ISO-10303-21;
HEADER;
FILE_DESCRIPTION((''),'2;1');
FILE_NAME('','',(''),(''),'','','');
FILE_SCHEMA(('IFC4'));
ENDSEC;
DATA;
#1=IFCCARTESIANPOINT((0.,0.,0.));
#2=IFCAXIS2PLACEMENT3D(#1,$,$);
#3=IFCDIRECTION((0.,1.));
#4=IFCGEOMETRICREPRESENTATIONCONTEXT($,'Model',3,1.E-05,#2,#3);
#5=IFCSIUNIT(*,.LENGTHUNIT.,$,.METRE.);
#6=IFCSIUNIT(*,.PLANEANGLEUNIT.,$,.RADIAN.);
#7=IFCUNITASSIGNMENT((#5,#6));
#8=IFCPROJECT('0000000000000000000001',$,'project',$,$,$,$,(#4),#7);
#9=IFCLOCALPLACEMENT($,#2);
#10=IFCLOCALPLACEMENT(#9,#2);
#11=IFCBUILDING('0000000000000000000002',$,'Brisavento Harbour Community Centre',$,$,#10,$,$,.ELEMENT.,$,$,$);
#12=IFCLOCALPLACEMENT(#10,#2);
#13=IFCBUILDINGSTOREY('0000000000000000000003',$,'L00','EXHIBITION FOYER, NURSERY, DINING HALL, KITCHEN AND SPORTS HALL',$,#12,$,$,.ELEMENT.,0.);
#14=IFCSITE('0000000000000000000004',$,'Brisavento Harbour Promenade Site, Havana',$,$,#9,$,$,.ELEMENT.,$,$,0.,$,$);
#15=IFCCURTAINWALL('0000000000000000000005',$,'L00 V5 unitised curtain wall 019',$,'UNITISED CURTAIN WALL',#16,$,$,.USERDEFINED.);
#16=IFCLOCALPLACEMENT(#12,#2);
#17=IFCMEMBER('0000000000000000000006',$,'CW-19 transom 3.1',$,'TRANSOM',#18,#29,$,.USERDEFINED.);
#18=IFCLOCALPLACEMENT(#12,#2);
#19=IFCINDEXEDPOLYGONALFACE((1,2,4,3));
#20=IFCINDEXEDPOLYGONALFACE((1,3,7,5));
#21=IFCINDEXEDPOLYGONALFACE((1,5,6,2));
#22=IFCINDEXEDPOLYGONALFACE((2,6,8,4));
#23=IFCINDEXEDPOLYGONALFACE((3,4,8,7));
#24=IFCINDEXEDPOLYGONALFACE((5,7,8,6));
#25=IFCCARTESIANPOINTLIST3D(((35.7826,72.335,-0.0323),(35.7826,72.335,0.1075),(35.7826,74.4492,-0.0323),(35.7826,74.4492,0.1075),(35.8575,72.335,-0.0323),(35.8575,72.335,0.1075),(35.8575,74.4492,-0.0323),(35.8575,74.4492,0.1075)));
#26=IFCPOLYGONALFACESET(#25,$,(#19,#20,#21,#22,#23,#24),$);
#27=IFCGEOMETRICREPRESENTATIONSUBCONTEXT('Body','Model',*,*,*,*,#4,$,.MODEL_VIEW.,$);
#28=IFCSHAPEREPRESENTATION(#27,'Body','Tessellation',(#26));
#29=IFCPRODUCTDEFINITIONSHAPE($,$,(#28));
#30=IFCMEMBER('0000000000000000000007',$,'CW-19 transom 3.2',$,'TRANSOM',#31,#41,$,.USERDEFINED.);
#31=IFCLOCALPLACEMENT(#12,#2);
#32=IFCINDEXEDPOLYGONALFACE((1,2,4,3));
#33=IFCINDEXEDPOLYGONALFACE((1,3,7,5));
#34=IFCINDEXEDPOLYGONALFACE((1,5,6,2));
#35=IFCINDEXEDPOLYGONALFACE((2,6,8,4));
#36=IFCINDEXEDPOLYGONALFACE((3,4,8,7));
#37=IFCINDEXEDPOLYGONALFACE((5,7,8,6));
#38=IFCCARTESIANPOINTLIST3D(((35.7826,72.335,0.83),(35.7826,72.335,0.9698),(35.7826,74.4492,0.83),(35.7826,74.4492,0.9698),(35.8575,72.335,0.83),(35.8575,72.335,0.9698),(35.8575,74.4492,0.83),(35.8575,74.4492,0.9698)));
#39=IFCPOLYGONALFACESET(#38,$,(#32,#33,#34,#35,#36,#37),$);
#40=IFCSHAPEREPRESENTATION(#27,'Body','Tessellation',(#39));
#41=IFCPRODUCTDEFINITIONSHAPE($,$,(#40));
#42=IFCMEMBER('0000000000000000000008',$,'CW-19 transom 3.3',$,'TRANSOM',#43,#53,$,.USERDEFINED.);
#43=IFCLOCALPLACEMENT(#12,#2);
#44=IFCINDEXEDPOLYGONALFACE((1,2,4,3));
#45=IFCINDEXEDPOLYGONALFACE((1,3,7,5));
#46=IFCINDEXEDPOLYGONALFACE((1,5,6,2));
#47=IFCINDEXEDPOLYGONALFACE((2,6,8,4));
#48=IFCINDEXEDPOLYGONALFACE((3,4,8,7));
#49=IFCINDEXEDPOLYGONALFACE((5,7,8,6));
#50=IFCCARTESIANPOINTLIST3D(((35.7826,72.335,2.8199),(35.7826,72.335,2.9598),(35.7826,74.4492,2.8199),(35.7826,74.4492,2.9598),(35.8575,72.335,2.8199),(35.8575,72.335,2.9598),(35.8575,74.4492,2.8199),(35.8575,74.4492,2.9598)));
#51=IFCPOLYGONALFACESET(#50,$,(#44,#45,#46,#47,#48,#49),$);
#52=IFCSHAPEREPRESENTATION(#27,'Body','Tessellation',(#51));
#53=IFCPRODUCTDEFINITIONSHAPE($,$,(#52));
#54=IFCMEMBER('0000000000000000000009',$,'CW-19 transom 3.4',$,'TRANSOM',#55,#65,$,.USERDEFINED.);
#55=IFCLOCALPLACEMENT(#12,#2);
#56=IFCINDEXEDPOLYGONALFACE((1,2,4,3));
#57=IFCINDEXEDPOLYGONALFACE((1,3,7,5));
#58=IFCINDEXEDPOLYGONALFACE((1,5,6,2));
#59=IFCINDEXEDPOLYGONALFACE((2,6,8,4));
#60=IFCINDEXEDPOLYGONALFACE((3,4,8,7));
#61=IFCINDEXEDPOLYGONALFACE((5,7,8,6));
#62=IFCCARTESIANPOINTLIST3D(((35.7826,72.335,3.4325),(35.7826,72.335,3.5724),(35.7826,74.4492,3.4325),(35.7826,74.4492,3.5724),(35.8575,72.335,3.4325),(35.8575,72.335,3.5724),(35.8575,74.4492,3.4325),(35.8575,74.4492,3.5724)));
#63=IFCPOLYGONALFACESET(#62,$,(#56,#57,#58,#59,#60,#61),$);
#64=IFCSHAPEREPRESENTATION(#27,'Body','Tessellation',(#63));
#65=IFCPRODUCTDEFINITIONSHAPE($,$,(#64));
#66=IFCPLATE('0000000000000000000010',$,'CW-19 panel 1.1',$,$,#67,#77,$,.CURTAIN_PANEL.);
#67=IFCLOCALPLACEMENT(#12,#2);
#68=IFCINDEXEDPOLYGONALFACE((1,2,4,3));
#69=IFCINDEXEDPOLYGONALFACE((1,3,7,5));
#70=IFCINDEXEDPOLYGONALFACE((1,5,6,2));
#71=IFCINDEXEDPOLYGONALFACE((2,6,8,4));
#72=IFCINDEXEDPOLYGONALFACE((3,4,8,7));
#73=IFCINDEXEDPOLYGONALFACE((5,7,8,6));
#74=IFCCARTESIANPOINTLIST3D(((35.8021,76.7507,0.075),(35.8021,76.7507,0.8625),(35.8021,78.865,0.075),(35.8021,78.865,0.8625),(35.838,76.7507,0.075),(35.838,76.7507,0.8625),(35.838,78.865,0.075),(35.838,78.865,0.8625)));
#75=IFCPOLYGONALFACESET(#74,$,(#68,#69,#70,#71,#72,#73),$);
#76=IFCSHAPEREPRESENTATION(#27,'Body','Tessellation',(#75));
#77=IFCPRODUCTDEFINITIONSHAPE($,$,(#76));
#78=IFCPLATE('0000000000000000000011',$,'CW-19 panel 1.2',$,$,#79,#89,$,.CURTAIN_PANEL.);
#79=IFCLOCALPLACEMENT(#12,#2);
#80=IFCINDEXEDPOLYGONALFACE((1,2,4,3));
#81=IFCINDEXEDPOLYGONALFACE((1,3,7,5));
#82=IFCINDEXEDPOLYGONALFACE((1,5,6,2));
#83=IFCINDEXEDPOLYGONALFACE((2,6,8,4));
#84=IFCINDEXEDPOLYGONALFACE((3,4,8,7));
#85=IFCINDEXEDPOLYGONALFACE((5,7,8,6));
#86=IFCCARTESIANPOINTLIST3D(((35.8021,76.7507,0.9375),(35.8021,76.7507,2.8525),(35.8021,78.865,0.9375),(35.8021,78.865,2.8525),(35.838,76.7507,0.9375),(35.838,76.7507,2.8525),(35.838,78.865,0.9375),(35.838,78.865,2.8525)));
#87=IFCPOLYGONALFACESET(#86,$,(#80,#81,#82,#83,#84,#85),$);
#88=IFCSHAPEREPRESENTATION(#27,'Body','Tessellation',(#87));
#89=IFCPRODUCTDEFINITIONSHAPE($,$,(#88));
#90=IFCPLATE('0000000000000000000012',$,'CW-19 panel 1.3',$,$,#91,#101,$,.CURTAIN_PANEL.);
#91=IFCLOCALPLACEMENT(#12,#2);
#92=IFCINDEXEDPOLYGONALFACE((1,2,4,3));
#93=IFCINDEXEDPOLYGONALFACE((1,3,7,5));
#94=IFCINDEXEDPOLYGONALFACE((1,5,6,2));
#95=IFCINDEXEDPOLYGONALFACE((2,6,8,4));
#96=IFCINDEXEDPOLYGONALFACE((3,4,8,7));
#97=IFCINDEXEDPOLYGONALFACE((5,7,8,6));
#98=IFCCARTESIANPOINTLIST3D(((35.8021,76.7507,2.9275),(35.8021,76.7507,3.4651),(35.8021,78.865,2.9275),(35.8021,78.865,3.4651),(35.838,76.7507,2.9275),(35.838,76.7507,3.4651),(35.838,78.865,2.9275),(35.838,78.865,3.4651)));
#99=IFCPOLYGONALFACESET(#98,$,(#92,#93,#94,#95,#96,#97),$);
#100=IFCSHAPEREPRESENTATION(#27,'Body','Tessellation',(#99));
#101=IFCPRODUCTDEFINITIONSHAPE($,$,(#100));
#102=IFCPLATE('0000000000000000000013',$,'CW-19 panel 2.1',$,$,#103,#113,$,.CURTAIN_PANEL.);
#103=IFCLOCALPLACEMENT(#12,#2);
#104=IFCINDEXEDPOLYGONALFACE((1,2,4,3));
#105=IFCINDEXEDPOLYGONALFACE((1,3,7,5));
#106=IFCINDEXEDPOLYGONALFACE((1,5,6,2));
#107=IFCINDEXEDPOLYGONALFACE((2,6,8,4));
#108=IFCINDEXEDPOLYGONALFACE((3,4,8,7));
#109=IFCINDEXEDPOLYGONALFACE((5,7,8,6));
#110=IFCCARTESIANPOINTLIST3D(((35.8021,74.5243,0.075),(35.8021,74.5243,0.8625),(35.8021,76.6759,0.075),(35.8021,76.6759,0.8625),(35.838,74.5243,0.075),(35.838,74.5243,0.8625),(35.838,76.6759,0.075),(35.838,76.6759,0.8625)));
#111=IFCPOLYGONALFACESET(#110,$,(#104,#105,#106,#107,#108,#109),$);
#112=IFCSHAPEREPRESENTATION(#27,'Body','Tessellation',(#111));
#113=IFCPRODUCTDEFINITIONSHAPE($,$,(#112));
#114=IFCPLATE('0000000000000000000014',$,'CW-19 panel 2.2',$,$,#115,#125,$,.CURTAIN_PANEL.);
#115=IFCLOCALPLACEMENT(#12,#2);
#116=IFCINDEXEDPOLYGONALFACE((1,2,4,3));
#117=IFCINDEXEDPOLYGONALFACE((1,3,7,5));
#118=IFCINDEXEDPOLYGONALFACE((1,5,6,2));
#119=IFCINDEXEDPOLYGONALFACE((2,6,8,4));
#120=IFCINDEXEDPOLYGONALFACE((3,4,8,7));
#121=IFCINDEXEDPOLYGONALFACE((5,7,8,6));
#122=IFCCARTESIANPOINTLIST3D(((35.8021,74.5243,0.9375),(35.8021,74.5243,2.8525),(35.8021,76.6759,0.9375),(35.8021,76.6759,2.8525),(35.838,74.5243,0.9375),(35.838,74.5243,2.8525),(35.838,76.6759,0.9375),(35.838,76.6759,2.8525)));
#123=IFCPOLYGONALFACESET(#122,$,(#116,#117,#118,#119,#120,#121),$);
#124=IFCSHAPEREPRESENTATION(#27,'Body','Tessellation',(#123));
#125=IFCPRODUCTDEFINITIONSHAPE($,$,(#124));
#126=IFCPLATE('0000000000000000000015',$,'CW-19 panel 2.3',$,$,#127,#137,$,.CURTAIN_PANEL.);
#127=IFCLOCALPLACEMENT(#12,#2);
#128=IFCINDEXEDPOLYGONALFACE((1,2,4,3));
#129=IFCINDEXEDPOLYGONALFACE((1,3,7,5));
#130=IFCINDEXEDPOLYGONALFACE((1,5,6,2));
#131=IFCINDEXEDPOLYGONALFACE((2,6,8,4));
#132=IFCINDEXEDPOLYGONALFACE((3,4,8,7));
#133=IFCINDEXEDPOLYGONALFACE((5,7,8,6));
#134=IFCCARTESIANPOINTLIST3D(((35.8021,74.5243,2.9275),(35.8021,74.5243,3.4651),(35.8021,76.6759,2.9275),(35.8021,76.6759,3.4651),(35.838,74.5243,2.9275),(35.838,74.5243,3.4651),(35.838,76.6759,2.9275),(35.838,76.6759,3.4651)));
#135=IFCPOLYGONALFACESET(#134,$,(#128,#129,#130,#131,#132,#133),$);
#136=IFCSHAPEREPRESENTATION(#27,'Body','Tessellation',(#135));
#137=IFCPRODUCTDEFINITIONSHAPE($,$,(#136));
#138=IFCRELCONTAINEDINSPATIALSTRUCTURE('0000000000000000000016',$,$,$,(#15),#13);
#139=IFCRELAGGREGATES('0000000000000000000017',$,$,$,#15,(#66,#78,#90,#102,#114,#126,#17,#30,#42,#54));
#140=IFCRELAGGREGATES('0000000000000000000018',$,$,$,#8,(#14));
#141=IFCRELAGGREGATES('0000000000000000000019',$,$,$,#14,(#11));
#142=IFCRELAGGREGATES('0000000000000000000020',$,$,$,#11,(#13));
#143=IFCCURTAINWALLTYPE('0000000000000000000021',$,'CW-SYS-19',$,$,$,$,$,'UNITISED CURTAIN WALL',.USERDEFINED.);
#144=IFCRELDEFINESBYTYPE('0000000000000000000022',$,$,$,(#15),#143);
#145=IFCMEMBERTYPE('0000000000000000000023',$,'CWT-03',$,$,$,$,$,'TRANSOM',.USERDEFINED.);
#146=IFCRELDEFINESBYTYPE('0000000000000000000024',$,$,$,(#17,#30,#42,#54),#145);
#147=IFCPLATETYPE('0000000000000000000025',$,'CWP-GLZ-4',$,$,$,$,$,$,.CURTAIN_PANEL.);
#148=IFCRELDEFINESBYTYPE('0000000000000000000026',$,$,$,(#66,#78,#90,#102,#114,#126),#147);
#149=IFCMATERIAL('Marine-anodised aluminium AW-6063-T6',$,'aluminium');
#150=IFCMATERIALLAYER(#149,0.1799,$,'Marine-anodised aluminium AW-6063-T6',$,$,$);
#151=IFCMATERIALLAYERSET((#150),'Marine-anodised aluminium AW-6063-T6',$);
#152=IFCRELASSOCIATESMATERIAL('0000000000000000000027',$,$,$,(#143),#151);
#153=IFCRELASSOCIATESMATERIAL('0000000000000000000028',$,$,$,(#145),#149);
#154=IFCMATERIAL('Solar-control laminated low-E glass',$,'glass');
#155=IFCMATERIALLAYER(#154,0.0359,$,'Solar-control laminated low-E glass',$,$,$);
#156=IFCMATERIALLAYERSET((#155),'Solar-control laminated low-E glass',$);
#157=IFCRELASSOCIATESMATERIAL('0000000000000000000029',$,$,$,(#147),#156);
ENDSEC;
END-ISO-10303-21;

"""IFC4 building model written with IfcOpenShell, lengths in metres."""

from ifc_helpers import new_model, si_unit, direction, frame, origin, origin_2d, place, context, subcontext, project, spatial, rectangle, extrude, material, layer, layer_set, material_profile, profile_set, type_object, element, aggregate, save


model = new_model("IFC4")

# Units and contexts
model_context = context("Model", 3, precision=1e-05, world=origin(), true_north=direction((0.0, 1.0)))
body_context = subcontext(model_context, "Body", "Model", "MODEL_VIEW")
ifc_project = project(units=[si_unit("LENGTHUNIT", "METRE"), si_unit("PLANEANGLEUNIT", "RADIAN")], contexts=[model_context])

# Site, building, storey
site_placement = place(None, origin())
site = spatial("IfcSite", under=ifc_project, at=site_placement, Name="Brisavento Harbour Promenade Site, Havana", CompositionType="ELEMENT", RefElevation=0.0)
building_placement = place(site_placement, origin())
building = spatial("IfcBuilding", under=site, at=building_placement, Name="Brisavento Harbour Community Centre", CompositionType="ELEMENT")
storey_placement = place(building_placement, origin())
storey = spatial("IfcBuildingStorey", under=building, at=storey_placement, Name="L00", Description="EXHIBITION FOYER, NURSERY, DINING HALL, KITCHEN AND SPORTS HALL", CompositionType="ELEMENT", Elevation=0.0)

# Curtain wall, members, plates
ifc_material_1 = material(Name="Marine-anodised aluminium AW-6063-T6", Category="aluminium")
ifc_layer_1 = layer(ifc_material_1, 0.1799, Name="Marine-anodised aluminium AW-6063-T6")
ifc_layer_set_1 = layer_set([ifc_layer_1], Name="Marine-anodised aluminium AW-6063-T6")
curtain_wall_type = type_object("IfcCurtainWallType", Name="CW-SYS-19", ElementType="UNITISED CURTAIN WALL", PredefinedType="USERDEFINED", material=ifc_layer_set_1)
curtain_wall_placement = place(storey_placement, origin())
curtain_wall = element("IfcCurtainWall", 1, at=curtain_wall_placement, inside=storey, type_object=curtain_wall_type, Name="L00 V5 unitised curtain wall 019", ObjectType="UNITISED CURTAIN WALL", PredefinedType="USERDEFINED")
ifc_material_profile_1 = material_profile(ifc_material_1, rectangle(XDim=0.075, YDim=0.1399, at=origin_2d()), Name="Marine-anodised aluminium AW-6063-T6")
ifc_profile_set_1 = profile_set([ifc_material_profile_1], Name="Marine-anodised aluminium AW-6063-T6")
member_type_1 = type_object("IfcMemberType", Name="CWT-03", ElementType="TRANSOM", PredefinedType="USERDEFINED", material=ifc_profile_set_1)
member_1_placement = place(storey_placement, frame((35.8201, 74.4492, 0.0376), z_axis=(0.0, -1.0, 0.0), x_axis=(1.0, 0.0, 0.0)))
member_1 = element("IfcMember", 2, at=member_1_placement, type_object=member_type_1, Name="CW-19 transom 3.1", ObjectType="TRANSOM", PredefinedType="USERDEFINED", context=body_context, shape_type="SweptSolid", body=[
    extrude(rectangle(XDim=0.075, YDim=0.1399, at=origin_2d()), origin(), (0.0, 0.0, 1.0), 2.1143),
])
member_2_placement = place(storey_placement, frame((35.8201, 74.4492, 0.8999), z_axis=(0.0, -1.0, 0.0), x_axis=(1.0, 0.0, 0.0)))
member_2 = element("IfcMember", 3, at=member_2_placement, type_object=member_type_1, Name="CW-19 transom 3.2", ObjectType="TRANSOM", PredefinedType="USERDEFINED", context=body_context, shape_type="SweptSolid", body=[
    extrude(rectangle(XDim=0.075, YDim=0.1399, at=origin_2d()), origin(), (0.0, 0.0, 1.0), 2.1143),
])
member_3_placement = place(storey_placement, frame((35.8201, 74.4492, 2.8899), z_axis=(0.0, -1.0, 0.0), x_axis=(1.0, 0.0, 0.0)))
member_3 = element("IfcMember", 4, at=member_3_placement, type_object=member_type_1, Name="CW-19 transom 3.3", ObjectType="TRANSOM", PredefinedType="USERDEFINED", context=body_context, shape_type="SweptSolid", body=[
    extrude(rectangle(XDim=0.075, YDim=0.1399, at=origin_2d()), origin(), (0.0, 0.0, 1.0), 2.1143),
])
member_4_placement = place(storey_placement, frame((35.8201, 74.4492, 3.5024), z_axis=(0.0, -1.0, 0.0), x_axis=(1.0, 0.0, 0.0)))
member_4 = element("IfcMember", 5, at=member_4_placement, type_object=member_type_1, Name="CW-19 transom 3.4", ObjectType="TRANSOM", PredefinedType="USERDEFINED", context=body_context, shape_type="SweptSolid", body=[
    extrude(rectangle(XDim=0.075, YDim=0.1399, at=origin_2d()), origin(), (0.0, 0.0, 1.0), 2.1143),
])
ifc_material_2 = material(Name="Solar-control laminated low-E glass", Category="glass")
ifc_layer_2 = layer(ifc_material_2, 0.0359, Name="Solar-control laminated low-E glass")
ifc_layer_set_2 = layer_set([ifc_layer_2], Name="Solar-control laminated low-E glass")
plate_type = type_object("IfcPlateType", Name="CWP-GLZ-4", PredefinedType="CURTAIN_PANEL", material=ifc_layer_set_2)
plate_1_placement = place(storey_placement, frame((35.8201, 77.8079, 0.075), z_axis=(0.0, 0.0, 1.0), x_axis=(0.0, -1.0, 0.0)))
plate_1 = element("IfcPlate", 6, at=plate_1_placement, type_object=plate_type, Name="CW-19 panel 1.1", PredefinedType="CURTAIN_PANEL", context=body_context, shape_type="SweptSolid", body=[
    extrude(rectangle(XDim=2.1143, YDim=0.0359, at=origin_2d()), origin(), (0.0, 0.0, 1.0), 0.7876),
])
plate_2_placement = place(storey_placement, frame((35.8201, 77.8079, 0.9375), z_axis=(0.0, 0.0, 1.0), x_axis=(0.0, -1.0, 0.0)))
plate_2 = element("IfcPlate", 7, at=plate_2_placement, type_object=plate_type, Name="CW-19 panel 1.2", PredefinedType="CURTAIN_PANEL", context=body_context, shape_type="SweptSolid", body=[
    extrude(rectangle(XDim=2.1143, YDim=0.0359, at=origin_2d()), origin(), (0.0, 0.0, 1.0), 1.915),
])
plate_3_placement = place(storey_placement, frame((35.8201, 77.8079, 2.9275), z_axis=(0.0, 0.0, 1.0), x_axis=(0.0, -1.0, 0.0)))
plate_3 = element("IfcPlate", 8, at=plate_3_placement, type_object=plate_type, Name="CW-19 panel 1.3", PredefinedType="CURTAIN_PANEL", context=body_context, shape_type="SweptSolid", body=[
    extrude(rectangle(XDim=2.1143, YDim=0.0359, at=origin_2d()), origin(), (0.0, 0.0, 1.0), 0.5376),
])
plate_4_placement = place(storey_placement, frame((35.8201, 75.6001, 0.075), z_axis=(0.0, 0.0, 1.0), x_axis=(0.0, -1.0, 0.0)))
plate_4 = element("IfcPlate", 9, at=plate_4_placement, type_object=plate_type, Name="CW-19 panel 2.1", PredefinedType="CURTAIN_PANEL", context=body_context, shape_type="SweptSolid", body=[
    extrude(rectangle(XDim=2.1516, YDim=0.0359, at=origin_2d()), origin(), (0.0, 0.0, 1.0), 0.7876),
])
plate_5_placement = place(storey_placement, frame((35.8201, 75.6001, 0.9375), z_axis=(0.0, 0.0, 1.0), x_axis=(0.0, -1.0, 0.0)))
plate_5 = element("IfcPlate", 10, at=plate_5_placement, type_object=plate_type, Name="CW-19 panel 2.2", PredefinedType="CURTAIN_PANEL", context=body_context, shape_type="SweptSolid", body=[
    extrude(rectangle(XDim=2.1516, YDim=0.0359, at=origin_2d()), origin(), (0.0, 0.0, 1.0), 1.915),
])
plate_6_placement = place(storey_placement, frame((35.8201, 75.6001, 2.9275), z_axis=(0.0, 0.0, 1.0), x_axis=(0.0, -1.0, 0.0)))
plate_6 = element("IfcPlate", 11, at=plate_6_placement, type_object=plate_type, Name="CW-19 panel 2.3", PredefinedType="CURTAIN_PANEL", context=body_context, shape_type="SweptSolid", body=[
    extrude(rectangle(XDim=2.1516, YDim=0.0359, at=origin_2d()), origin(), (0.0, 0.0, 1.0), 0.5376),
])
aggregate(curtain_wall, [plate_1, plate_2, plate_3, plate_4, plate_5, plate_6, member_1, member_2, member_3, member_4])

save(model, "model.ifc")
